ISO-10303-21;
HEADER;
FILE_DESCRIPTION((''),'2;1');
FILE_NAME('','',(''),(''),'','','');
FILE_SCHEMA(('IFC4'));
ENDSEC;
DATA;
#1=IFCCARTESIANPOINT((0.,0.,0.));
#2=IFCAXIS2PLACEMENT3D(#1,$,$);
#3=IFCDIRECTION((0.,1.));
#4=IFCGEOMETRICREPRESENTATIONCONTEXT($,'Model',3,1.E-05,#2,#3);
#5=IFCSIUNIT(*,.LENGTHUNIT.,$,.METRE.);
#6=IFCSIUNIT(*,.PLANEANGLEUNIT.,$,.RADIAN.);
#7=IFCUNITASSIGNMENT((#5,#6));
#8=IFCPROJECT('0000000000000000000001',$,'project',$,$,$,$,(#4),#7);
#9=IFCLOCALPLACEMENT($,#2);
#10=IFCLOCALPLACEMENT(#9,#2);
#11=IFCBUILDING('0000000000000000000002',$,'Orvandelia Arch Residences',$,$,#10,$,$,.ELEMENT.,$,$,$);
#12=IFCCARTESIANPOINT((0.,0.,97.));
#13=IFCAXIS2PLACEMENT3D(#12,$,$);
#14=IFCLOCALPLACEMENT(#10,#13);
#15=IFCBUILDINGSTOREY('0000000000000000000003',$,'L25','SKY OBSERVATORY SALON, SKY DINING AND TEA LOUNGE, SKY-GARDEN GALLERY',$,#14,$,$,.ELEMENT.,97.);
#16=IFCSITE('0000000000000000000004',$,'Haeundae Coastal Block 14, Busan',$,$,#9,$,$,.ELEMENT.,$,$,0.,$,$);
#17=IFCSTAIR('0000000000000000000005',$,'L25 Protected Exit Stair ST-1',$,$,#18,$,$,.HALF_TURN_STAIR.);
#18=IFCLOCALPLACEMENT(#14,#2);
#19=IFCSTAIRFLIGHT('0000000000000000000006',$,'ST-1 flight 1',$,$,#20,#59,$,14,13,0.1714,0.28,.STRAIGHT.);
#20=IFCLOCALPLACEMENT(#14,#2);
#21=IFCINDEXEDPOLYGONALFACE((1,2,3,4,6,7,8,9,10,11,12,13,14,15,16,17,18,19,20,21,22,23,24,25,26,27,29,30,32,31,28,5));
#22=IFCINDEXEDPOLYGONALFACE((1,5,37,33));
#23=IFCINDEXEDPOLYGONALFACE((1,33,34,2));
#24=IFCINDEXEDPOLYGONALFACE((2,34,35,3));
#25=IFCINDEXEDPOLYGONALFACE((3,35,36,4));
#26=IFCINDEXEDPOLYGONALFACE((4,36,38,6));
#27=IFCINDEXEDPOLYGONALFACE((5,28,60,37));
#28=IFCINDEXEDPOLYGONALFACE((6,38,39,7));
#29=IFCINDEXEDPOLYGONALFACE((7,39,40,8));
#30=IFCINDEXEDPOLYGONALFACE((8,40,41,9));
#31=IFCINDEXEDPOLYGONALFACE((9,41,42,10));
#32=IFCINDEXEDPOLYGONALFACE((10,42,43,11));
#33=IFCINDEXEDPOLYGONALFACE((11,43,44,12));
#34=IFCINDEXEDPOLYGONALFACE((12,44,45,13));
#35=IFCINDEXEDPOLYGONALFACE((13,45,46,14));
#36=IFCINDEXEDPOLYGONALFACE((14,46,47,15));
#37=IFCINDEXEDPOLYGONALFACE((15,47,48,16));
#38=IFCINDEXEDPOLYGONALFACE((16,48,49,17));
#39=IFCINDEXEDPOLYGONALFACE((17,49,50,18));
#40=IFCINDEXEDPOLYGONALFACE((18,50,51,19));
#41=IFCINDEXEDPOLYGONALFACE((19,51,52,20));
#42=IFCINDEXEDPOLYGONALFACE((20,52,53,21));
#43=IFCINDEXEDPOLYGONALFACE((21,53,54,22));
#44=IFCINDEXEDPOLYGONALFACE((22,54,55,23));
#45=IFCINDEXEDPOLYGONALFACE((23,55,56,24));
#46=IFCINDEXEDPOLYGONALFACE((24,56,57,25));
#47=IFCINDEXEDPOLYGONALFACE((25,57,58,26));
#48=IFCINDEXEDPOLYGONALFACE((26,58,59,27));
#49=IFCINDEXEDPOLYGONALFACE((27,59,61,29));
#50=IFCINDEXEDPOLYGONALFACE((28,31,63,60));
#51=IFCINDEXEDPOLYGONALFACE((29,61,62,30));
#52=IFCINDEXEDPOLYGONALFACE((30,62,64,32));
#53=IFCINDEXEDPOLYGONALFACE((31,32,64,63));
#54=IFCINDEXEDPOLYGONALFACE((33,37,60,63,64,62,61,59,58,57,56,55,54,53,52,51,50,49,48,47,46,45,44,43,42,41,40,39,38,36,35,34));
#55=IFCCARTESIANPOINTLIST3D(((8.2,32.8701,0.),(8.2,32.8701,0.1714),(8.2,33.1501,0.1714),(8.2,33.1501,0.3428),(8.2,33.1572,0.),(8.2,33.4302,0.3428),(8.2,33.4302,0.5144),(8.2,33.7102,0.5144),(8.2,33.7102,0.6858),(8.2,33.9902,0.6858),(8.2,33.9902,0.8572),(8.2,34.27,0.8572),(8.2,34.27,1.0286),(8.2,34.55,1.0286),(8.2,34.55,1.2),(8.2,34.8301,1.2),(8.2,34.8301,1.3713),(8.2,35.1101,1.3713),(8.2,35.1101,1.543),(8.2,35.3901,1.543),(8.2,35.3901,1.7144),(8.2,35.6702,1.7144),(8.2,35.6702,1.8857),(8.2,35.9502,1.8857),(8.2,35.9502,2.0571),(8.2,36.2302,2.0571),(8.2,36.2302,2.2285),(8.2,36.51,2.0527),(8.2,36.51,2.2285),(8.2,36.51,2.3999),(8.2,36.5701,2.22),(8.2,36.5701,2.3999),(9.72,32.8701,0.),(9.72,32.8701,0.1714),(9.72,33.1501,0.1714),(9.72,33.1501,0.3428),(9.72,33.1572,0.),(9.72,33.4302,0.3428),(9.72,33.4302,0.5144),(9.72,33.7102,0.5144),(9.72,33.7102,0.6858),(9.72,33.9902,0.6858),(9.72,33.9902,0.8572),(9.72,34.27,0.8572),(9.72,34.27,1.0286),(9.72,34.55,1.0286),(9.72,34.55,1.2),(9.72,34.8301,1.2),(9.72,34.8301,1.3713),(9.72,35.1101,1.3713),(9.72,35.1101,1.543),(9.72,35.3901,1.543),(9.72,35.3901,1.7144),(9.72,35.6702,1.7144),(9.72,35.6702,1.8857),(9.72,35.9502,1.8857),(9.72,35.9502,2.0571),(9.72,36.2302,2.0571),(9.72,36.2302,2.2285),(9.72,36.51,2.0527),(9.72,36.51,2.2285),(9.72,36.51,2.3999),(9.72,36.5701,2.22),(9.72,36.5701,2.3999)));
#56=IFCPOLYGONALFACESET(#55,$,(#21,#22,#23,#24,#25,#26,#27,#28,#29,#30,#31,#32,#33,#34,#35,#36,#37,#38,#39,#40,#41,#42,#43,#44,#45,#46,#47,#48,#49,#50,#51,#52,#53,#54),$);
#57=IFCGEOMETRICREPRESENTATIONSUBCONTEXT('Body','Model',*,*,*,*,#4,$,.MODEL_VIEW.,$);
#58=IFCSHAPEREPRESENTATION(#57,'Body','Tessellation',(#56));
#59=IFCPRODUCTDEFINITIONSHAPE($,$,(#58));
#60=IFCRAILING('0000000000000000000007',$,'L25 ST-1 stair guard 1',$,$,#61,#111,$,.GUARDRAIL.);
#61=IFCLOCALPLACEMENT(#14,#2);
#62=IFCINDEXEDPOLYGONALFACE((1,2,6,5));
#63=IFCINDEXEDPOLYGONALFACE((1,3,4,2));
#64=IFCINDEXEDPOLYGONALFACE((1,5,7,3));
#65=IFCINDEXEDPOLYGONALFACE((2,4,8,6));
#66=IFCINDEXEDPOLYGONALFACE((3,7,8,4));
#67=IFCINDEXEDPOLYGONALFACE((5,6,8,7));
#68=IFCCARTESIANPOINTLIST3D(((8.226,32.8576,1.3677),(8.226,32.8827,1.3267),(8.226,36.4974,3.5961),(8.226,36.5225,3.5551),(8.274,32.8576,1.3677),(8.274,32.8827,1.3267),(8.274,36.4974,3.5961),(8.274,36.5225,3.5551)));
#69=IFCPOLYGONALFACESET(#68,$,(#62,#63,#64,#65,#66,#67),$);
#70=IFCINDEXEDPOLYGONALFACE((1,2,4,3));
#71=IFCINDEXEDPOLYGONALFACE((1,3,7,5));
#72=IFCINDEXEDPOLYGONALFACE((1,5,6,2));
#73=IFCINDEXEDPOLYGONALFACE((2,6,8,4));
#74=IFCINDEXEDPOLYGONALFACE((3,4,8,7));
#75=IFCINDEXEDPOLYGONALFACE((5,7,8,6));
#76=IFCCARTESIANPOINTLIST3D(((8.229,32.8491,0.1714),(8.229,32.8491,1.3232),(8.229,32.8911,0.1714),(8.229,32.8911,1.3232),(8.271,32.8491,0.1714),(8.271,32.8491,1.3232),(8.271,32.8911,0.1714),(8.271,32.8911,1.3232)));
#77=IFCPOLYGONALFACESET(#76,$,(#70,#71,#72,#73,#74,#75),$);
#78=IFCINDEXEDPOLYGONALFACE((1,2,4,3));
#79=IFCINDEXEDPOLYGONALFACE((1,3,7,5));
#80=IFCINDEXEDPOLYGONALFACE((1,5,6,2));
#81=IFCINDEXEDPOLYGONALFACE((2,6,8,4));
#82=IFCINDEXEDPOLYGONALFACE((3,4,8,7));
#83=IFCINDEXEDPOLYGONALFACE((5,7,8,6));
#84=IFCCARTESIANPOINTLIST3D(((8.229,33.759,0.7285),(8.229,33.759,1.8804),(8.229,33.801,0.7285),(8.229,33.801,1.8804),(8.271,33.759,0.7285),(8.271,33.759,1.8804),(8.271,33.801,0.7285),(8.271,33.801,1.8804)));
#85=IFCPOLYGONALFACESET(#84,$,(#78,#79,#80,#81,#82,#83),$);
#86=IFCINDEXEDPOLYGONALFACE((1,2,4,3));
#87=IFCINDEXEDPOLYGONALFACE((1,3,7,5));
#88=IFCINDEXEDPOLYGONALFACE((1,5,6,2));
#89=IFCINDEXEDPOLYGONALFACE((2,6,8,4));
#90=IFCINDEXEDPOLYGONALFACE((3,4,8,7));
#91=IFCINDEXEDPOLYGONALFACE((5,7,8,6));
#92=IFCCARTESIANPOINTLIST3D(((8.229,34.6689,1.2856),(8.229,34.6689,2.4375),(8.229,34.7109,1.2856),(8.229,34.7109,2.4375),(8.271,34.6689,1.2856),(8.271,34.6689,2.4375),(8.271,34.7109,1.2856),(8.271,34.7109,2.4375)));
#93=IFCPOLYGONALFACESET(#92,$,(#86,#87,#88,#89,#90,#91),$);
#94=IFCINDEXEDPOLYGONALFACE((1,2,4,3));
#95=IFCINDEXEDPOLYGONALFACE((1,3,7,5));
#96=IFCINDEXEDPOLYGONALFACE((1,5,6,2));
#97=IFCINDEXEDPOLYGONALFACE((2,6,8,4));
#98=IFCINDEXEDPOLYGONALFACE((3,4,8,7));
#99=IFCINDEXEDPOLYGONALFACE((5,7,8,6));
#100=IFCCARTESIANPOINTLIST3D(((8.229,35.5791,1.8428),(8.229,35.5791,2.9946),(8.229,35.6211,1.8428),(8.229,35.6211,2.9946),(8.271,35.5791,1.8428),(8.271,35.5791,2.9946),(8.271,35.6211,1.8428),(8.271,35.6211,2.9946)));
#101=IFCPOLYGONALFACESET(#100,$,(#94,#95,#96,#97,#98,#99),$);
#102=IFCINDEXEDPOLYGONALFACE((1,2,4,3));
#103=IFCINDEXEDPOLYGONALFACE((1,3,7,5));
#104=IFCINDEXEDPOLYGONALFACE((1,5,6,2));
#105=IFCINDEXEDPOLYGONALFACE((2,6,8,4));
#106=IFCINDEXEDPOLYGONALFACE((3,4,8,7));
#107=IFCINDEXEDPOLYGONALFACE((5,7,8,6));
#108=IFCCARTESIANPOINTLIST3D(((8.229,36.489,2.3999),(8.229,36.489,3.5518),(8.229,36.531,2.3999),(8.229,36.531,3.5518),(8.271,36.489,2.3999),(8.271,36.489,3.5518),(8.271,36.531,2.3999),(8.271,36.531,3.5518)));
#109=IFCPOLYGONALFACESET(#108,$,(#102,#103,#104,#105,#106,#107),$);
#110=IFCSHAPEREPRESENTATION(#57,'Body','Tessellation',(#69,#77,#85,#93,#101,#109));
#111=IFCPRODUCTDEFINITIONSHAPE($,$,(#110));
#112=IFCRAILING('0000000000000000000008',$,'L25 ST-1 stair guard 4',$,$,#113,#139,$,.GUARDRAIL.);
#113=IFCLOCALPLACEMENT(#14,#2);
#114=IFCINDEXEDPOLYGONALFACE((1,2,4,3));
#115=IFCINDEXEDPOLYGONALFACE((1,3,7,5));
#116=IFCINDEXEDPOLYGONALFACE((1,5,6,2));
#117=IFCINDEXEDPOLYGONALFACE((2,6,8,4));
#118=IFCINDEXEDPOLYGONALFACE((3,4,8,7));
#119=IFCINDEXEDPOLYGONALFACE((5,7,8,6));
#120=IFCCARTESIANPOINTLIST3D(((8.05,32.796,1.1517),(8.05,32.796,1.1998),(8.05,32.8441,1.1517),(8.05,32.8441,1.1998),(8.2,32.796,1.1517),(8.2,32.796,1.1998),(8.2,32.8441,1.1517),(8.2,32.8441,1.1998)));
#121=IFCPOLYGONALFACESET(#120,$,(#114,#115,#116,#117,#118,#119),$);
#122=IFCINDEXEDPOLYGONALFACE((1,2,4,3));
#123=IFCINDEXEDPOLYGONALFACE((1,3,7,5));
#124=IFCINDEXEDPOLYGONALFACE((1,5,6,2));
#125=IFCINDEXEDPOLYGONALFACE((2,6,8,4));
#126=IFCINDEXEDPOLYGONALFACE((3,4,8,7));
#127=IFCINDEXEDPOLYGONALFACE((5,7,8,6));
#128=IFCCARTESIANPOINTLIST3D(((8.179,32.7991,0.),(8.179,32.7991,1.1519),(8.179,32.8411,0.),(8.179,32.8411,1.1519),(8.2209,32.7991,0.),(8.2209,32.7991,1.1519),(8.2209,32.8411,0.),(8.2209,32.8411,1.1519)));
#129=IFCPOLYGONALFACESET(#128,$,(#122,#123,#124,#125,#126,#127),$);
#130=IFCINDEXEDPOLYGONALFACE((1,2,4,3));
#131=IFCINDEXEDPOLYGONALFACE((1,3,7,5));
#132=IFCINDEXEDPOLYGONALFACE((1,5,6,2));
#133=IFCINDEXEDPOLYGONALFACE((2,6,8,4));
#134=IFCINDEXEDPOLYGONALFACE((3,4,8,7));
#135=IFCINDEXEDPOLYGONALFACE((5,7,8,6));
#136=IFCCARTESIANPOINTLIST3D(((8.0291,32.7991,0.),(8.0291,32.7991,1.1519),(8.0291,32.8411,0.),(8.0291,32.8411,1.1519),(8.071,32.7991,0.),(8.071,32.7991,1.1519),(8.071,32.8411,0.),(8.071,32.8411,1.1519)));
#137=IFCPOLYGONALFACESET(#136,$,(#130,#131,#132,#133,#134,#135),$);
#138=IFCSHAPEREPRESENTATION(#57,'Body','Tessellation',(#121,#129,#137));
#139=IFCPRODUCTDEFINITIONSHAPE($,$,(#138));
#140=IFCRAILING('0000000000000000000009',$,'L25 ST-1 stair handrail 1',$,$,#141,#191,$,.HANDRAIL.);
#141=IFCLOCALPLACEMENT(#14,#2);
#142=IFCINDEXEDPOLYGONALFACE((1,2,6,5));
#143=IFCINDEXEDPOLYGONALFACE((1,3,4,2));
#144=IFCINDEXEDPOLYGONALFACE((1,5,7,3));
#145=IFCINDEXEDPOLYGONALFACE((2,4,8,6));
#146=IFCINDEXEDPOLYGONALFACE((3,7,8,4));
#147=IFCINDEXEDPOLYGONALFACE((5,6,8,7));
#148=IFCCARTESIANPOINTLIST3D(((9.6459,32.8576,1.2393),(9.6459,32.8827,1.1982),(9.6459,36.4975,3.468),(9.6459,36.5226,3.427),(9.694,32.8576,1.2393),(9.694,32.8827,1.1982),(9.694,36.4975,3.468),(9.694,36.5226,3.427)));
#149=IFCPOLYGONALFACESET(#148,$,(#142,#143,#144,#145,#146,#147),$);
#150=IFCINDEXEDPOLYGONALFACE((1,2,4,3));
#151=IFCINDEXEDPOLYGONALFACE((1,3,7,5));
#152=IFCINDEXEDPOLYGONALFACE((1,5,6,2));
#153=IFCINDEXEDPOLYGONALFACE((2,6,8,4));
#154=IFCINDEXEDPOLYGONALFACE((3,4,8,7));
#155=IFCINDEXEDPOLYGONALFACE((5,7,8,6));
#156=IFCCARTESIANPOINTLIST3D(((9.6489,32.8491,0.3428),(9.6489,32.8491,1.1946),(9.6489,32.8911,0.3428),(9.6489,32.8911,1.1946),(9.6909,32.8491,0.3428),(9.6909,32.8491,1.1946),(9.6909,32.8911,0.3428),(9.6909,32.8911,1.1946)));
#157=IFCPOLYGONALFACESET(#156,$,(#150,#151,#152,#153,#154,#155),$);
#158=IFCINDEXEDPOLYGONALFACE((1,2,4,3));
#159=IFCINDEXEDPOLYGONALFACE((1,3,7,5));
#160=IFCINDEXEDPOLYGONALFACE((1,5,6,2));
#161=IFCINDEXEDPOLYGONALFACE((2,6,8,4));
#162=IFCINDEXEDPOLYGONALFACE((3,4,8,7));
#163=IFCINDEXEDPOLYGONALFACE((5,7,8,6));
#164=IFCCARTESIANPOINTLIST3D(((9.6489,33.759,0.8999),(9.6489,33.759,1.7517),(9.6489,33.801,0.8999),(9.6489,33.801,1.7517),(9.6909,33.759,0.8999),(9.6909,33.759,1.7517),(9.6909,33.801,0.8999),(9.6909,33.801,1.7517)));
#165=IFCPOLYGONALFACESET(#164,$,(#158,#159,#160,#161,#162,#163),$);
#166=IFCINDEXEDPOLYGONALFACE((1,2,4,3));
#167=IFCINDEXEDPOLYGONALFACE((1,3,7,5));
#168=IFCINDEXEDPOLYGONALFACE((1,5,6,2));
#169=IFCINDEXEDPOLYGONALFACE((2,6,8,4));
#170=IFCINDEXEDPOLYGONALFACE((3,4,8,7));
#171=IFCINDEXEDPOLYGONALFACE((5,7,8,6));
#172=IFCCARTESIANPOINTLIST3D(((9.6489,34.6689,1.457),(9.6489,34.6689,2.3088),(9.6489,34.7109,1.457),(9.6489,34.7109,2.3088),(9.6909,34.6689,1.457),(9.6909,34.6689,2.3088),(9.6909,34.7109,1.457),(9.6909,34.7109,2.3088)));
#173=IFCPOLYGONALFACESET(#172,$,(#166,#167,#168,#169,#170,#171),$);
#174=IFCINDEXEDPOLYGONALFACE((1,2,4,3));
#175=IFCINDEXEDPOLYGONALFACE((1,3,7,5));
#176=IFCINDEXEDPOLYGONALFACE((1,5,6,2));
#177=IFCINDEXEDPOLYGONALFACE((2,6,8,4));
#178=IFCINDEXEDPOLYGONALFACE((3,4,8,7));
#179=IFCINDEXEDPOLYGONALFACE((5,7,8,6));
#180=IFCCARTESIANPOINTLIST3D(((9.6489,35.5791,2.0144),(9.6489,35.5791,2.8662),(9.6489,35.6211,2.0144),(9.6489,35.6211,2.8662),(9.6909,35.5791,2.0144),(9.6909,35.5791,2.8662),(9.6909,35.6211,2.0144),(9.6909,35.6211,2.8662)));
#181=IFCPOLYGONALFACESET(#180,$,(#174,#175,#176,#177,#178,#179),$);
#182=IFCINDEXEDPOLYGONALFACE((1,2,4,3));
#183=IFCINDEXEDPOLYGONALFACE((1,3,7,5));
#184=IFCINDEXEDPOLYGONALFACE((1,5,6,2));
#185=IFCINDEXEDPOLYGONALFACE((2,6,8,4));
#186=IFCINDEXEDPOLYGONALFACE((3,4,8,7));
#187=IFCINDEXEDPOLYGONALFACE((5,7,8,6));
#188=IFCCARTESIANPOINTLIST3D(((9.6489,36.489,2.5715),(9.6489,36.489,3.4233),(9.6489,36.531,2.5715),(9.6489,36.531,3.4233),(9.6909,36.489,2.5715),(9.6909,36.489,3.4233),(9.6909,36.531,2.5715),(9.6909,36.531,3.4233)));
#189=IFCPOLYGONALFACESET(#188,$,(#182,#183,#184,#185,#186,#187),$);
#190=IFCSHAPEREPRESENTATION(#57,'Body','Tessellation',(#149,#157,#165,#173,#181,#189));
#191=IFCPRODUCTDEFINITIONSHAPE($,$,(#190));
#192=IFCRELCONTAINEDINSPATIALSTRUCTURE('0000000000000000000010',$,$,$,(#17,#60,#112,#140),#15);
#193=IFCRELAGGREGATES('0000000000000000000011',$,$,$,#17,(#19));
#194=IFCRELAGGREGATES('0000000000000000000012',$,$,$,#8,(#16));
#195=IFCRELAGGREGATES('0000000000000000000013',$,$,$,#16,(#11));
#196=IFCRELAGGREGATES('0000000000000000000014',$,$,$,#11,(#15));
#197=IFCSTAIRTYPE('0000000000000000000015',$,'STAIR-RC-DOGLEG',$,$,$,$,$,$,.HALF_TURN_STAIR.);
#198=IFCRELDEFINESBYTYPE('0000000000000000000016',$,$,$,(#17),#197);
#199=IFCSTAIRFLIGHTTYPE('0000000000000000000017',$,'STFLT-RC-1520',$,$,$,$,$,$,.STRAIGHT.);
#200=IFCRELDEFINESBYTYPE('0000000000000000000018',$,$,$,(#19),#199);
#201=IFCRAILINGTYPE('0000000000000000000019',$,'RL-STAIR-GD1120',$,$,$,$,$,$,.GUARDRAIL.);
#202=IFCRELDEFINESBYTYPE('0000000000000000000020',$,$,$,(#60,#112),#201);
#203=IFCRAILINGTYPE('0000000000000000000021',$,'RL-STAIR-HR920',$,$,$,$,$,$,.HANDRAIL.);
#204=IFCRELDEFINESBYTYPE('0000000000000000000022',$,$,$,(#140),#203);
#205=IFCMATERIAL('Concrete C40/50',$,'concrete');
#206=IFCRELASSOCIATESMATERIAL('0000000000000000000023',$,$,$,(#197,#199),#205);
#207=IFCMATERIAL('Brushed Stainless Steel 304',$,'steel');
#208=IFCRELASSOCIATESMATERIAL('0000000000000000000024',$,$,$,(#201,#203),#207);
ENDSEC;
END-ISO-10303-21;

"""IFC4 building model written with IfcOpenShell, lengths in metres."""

from ifc_helpers import new_model, si_unit, direction, frame, origin, origin_2d, place, context, subcontext, project, spatial, polyline, rectangle, outline, extrude, material, type_object, element, aggregate, save


model = new_model("IFC4")

# Units and contexts
model_context = context("Model", 3, precision=1e-05, world=origin(), true_north=direction((0.0, 1.0)))
body_context = subcontext(model_context, "Body", "Model", "MODEL_VIEW")
ifc_project = project(units=[si_unit("LENGTHUNIT", "METRE"), si_unit("PLANEANGLEUNIT", "RADIAN")], contexts=[model_context])

# Site, building, storey
site_placement = place(None, origin())
site = spatial("IfcSite", under=ifc_project, at=site_placement, Name="Haeundae Coastal Block 14, Busan", CompositionType="ELEMENT", RefElevation=0.0)
building_placement = place(site_placement, origin())
building = spatial("IfcBuilding", under=site, at=building_placement, Name="Orvandelia Arch Residences", CompositionType="ELEMENT")
storey_placement = place(building_placement, frame((0.0, 0.0, 97.0)))
storey = spatial("IfcBuildingStorey", under=building, at=storey_placement, Name="L25", Description="SKY OBSERVATORY SALON, SKY DINING AND TEA LOUNGE, SKY-GARDEN GALLERY", CompositionType="ELEMENT", Elevation=97.0)

# Stair, stair flight
ifc_material_1 = material(Name="Concrete C40/50", Category="concrete")
stair_type = type_object("IfcStairType", Name="STAIR-RC-DOGLEG", PredefinedType="HALF_TURN_STAIR", material=ifc_material_1)
stair_placement = place(storey_placement, origin())
stair = element("IfcStair", 1, at=stair_placement, inside=storey, type_object=stair_type, Name="L25 Protected Exit Stair ST-1", PredefinedType="HALF_TURN_STAIR")
stair_flight_type = type_object("IfcStairFlightType", Name="STFLT-RC-1520", PredefinedType="STRAIGHT", material=ifc_material_1)
stair_flight_placement = place(storey_placement, frame((8.96, 32.8701, 0.0), z_axis=(0.0, 0.0, 1.0), x_axis=(0.0, 1.0, 0.0)))
stair_flight = element("IfcStairFlight", 2, at=stair_flight_placement, type_object=stair_flight_type, Name="ST-1 flight 1", NumberOfRisers=14, NumberOfTreads=13, PredefinedType="STRAIGHT", RiserHeight=0.1714, TreadLength=0.28, context=body_context, shape_type="SweptSolid", body=[
    extrude(outline(polyline([(0.0, 0.0), (0.0, 0.1714), (0.28, 0.1714), (0.28, 0.3428), (0.5601, 0.3428), (0.5601, 0.5144), (0.8401, 0.5144), (0.8401, 0.6858), (1.1201, 0.6858), (1.1201, 0.8572), (1.3999, 0.8572), (1.3999, 1.0286), (1.6799, 1.0286), (1.6799, 1.2), (1.96, 1.2), (1.96, 1.3713), (2.24, 1.3713), (2.24, 1.543), (2.52, 1.543), (2.52, 1.7144), (2.8, 1.7144), (2.8, 1.8857), (3.0801, 1.8857), (3.0801, 2.0571), (3.3601, 2.0571), (3.3601, 2.2285), (3.6399, 2.2285), (3.6399, 2.3999), (3.7, 2.3999), (3.7, 2.22), (3.6399, 2.0527), (0.2871, 0.0), (0.0, 0.0)])), frame((0.0, 0.76, 0.0), z_axis=(0.0, -1.0, 0.0), x_axis=(1.0, 0.0, 0.0)), (0.0, 0.0, 1.0), 1.52),
])
aggregate(stair, [stair_flight])

# Railings
ifc_material_2 = material(Name="Brushed Stainless Steel 304", Category="steel")
railing_type_1 = type_object("IfcRailingType", Name="RL-STAIR-GD1120", PredefinedType="GUARDRAIL", material=ifc_material_2)
railing_1_placement = place(storey_placement, frame((8.25, 32.8701, 0.1714)))
element("IfcRailing", 3, at=railing_1_placement, inside=storey, type_object=railing_type_1, Name="L25 ST-1 stair guard 1", PredefinedType="GUARDRAIL", context=body_context, shape_type="SweptSolid", body=[
    extrude(rectangle(XDim=0.0481, YDim=0.0481, at=origin_2d()), frame((0.0, 0.0, 1.1758), z_axis=(0.0, 0.85285, 0.522156), x_axis=(-1.0, 0.0, 0.0)), (0.0, 0.0, 1.0), 4.2678),
    extrude(rectangle(XDim=0.042, YDim=0.042, at=origin_2d()), origin(), (0.0, 0.0, 1.0), 1.1519),
    extrude(rectangle(XDim=0.042, YDim=0.042, at=origin_2d()), frame((0.0, 0.9099, 0.5571)), (0.0, 0.0, 1.0), 1.1519),
    extrude(rectangle(XDim=0.042, YDim=0.042, at=origin_2d()), frame((0.0, 1.8198, 1.1143)), (0.0, 0.0, 1.0), 1.1519),
    extrude(rectangle(XDim=0.042, YDim=0.042, at=origin_2d()), frame((0.0, 2.73, 1.6714)), (0.0, 0.0, 1.0), 1.1519),
    extrude(rectangle(XDim=0.042, YDim=0.042, at=origin_2d()), frame((0.0, 3.6399, 2.2285)), (0.0, 0.0, 1.0), 1.1519),
])
railing_2_placement = place(storey_placement, frame((8.2, 32.8201, 0.0)))
element("IfcRailing", 4, at=railing_2_placement, inside=storey, type_object=railing_type_1, Name="L25 ST-1 stair guard 4", PredefinedType="GUARDRAIL", context=body_context, shape_type="SweptSolid", body=[
    extrude(rectangle(XDim=0.0481, YDim=0.0481, at=origin_2d()), frame((0.0, 0.0, 1.1758), z_axis=(-1.0, 0.0, 0.0), x_axis=(0.0, -1.0, 0.0)), (0.0, 0.0, 1.0), 0.1499),
    extrude(rectangle(XDim=0.042, YDim=0.042, at=origin_2d()), origin(), (0.0, 0.0, 1.0), 1.1519),
    extrude(rectangle(XDim=0.042, YDim=0.042, at=origin_2d()), frame((-0.1499, 0.0, 0.0)), (0.0, 0.0, 1.0), 1.1519),
])
railing_type_2 = type_object("IfcRailingType", Name="RL-STAIR-HR920", PredefinedType="HANDRAIL", material=ifc_material_2)
railing_3_placement = place(storey_placement, frame((9.6699, 32.8701, 0.3428)))
element("IfcRailing", 5, at=railing_3_placement, inside=storey, type_object=railing_type_2, Name="L25 ST-1 stair handrail 1", PredefinedType="HANDRAIL", context=body_context, shape_type="SweptSolid", body=[
    extrude(rectangle(XDim=0.0481, YDim=0.0481, at=origin_2d()), frame((0.0, 0.0, 0.876), z_axis=(0.0, 0.852825, 0.522197), x_axis=(-1.0, 0.0, 0.0)), (0.0, 0.0, 1.0), 4.2681),
    extrude(rectangle(XDim=0.042, YDim=0.042, at=origin_2d()), origin(), (0.0, 0.0, 1.0), 0.8518),
    extrude(rectangle(XDim=0.042, YDim=0.042, at=origin_2d()), frame((0.0, 0.9099, 0.5571)), (0.0, 0.0, 1.0), 0.8518),
    extrude(rectangle(XDim=0.042, YDim=0.042, at=origin_2d()), frame((0.0, 1.8198, 1.1143)), (0.0, 0.0, 1.0), 0.8518),
    extrude(rectangle(XDim=0.042, YDim=0.042, at=origin_2d()), frame((0.0, 2.73, 1.6716)), (0.0, 0.0, 1.0), 0.8518),
    extrude(rectangle(XDim=0.042, YDim=0.042, at=origin_2d()), frame((0.0, 3.6399, 2.2288)), (0.0, 0.0, 1.0), 0.8518),
])

save(model, "model.ifc")
